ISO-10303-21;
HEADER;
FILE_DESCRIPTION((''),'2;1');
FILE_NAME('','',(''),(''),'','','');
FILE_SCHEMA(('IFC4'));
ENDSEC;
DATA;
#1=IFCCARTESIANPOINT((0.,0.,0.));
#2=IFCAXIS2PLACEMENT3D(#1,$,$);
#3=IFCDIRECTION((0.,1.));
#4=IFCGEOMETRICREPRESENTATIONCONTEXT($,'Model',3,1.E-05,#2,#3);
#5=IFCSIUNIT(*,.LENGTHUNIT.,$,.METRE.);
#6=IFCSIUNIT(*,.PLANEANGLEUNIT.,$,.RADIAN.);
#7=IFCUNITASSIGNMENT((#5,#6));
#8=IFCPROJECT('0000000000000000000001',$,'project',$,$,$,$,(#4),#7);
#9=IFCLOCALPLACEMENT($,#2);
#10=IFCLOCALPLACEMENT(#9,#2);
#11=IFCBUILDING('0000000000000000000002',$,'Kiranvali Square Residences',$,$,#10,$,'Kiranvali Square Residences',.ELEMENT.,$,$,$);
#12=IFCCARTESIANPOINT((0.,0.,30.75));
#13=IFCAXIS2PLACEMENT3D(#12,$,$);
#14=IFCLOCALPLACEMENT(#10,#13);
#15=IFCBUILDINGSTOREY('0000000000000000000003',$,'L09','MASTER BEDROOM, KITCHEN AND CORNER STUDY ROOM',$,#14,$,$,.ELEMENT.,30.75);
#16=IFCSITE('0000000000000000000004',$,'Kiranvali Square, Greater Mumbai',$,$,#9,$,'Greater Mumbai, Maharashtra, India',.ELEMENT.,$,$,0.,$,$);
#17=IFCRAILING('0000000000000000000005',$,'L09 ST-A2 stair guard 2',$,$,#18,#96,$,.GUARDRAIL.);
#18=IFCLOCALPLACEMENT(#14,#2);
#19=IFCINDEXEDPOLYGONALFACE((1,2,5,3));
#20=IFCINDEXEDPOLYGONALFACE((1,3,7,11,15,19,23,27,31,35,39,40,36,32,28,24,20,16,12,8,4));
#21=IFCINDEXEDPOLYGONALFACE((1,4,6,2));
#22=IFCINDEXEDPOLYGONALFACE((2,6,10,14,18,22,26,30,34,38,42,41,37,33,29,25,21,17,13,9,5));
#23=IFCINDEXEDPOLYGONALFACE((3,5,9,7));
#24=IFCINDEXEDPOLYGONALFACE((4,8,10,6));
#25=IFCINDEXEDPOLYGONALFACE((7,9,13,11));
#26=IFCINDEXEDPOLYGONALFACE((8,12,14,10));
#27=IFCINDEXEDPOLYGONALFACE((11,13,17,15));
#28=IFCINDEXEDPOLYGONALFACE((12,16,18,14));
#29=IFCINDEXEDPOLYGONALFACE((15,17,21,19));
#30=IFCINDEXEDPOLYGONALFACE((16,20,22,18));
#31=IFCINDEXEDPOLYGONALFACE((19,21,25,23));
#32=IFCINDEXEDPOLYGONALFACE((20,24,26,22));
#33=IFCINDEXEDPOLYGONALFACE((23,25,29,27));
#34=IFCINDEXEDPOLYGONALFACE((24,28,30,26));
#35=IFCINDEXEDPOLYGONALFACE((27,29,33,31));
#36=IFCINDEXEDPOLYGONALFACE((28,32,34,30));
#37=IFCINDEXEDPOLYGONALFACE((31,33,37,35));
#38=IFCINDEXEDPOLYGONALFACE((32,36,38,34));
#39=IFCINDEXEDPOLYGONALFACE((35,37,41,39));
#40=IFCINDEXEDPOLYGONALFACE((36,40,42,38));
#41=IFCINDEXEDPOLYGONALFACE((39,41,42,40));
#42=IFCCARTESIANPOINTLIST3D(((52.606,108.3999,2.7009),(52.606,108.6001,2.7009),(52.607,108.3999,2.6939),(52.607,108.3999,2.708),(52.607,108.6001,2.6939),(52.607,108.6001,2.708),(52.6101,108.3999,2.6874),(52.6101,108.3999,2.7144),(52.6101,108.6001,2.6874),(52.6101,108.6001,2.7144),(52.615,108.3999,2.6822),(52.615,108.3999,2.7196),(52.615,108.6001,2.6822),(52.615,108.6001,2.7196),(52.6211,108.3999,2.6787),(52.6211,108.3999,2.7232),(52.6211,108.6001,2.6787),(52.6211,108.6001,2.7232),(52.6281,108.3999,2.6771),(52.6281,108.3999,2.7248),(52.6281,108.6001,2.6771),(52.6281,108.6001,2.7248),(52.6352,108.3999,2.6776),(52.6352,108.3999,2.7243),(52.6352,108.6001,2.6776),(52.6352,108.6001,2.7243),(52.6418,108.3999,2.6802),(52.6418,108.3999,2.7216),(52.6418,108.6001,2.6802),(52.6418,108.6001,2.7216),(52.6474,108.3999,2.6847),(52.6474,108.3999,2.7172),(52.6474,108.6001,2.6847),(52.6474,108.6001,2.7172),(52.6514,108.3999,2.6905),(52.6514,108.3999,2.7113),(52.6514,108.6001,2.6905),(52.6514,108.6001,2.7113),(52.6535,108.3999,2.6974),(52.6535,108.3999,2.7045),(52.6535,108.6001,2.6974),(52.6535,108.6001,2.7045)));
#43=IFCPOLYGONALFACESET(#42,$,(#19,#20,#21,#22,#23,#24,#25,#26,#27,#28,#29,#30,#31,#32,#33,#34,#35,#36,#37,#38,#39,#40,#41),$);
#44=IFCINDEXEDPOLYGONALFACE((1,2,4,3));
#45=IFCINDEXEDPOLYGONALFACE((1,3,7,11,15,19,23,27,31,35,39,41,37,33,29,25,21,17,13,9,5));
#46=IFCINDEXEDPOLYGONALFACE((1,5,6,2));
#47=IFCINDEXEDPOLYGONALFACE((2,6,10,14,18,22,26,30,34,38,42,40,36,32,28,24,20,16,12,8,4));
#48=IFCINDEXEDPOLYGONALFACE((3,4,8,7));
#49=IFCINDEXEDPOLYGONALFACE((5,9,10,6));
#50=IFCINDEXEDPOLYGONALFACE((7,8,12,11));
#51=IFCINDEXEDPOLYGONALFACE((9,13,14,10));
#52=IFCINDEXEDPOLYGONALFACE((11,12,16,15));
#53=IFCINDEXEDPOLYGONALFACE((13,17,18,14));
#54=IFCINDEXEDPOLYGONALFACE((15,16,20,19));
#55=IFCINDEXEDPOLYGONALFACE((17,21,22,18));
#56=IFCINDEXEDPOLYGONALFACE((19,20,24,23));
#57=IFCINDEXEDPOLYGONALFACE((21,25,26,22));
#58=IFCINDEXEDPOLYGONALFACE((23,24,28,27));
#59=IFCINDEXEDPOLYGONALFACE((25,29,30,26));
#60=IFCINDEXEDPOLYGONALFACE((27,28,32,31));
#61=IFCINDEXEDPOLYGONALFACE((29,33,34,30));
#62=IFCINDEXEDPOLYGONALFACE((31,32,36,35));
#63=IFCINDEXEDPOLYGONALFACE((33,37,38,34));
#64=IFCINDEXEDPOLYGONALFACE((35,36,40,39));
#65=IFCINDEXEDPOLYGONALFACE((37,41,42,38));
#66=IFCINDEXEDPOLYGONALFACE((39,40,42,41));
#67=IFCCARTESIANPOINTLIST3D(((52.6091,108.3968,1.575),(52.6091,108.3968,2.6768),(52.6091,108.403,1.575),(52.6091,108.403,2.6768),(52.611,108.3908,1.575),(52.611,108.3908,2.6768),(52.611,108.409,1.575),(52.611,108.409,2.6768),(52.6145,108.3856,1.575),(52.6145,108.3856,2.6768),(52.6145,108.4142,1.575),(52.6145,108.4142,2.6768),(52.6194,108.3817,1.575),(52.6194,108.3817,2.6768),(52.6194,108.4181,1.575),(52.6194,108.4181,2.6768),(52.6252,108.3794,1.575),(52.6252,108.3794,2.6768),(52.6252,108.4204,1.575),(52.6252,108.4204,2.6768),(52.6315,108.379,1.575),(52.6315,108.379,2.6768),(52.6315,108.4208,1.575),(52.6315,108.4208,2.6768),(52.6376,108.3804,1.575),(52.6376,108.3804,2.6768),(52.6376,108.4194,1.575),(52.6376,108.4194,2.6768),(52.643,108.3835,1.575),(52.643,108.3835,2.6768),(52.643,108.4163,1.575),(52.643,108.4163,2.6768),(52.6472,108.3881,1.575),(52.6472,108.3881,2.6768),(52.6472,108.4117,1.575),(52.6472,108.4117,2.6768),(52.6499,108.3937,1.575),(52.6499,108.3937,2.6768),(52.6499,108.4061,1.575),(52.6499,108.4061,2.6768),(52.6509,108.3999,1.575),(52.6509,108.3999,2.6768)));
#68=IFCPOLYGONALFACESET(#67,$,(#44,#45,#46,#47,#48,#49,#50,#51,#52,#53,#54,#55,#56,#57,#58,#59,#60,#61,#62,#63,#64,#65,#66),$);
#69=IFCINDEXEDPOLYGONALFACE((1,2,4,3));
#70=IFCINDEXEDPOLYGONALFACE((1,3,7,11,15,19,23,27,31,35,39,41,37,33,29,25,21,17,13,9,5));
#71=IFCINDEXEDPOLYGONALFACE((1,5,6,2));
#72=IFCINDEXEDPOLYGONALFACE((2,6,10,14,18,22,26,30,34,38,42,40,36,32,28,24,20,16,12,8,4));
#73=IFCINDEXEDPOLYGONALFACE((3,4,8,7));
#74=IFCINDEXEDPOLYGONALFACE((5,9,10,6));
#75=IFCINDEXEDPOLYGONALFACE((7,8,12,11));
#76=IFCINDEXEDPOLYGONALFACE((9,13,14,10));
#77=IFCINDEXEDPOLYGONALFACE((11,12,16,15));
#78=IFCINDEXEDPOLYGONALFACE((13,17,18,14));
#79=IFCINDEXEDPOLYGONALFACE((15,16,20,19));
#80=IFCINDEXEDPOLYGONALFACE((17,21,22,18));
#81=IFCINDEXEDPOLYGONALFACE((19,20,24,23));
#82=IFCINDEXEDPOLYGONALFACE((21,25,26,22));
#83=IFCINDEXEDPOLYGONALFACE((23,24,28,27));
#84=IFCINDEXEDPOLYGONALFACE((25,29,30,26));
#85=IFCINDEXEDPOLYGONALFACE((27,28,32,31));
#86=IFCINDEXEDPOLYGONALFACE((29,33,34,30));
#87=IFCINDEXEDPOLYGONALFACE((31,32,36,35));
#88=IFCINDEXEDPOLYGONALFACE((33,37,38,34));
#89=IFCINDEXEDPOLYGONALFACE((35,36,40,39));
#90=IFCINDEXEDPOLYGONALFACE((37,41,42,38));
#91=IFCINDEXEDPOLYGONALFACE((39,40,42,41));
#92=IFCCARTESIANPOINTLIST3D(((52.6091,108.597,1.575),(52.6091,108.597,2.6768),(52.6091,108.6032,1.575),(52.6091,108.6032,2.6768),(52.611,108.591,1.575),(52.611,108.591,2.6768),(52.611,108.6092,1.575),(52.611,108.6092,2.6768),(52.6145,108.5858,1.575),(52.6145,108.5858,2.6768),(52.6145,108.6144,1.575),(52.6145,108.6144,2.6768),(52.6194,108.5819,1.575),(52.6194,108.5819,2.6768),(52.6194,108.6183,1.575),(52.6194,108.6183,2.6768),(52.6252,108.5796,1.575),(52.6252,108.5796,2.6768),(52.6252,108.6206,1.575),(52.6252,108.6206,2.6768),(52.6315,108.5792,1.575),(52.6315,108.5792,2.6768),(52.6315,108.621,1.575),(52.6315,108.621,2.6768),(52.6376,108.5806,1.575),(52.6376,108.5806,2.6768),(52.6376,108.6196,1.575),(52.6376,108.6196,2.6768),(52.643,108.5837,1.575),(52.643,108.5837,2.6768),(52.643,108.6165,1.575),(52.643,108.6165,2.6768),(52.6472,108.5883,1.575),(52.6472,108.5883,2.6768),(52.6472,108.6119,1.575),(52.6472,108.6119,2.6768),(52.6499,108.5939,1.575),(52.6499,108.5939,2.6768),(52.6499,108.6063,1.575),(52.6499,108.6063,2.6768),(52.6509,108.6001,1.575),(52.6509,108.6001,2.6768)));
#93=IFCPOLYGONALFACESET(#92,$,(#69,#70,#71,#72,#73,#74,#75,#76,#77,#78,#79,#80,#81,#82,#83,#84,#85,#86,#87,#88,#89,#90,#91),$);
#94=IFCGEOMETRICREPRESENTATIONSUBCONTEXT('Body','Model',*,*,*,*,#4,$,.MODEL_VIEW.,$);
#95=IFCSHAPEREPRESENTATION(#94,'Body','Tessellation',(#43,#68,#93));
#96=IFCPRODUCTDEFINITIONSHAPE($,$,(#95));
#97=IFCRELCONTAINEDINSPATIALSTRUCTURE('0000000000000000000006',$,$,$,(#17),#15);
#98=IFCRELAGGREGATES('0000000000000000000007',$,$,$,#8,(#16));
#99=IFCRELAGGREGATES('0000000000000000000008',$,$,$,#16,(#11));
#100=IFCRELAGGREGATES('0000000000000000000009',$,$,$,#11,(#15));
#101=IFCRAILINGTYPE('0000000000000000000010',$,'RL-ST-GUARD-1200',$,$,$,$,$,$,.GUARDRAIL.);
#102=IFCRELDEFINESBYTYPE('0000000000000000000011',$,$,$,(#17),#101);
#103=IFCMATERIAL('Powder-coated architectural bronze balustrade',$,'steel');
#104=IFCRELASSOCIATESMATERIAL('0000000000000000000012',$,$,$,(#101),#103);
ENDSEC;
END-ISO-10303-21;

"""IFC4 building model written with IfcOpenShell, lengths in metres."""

from ifc_helpers import new_model, si_unit, direction, frame, origin, origin_2d, place, context, subcontext, project, spatial, circle, extrude, material, type_object, element, save


model = new_model("IFC4")

# Units and contexts
model_context = context("Model", 3, precision=1e-05, world=origin(), true_north=direction((0.0, 1.0)))
body_context = subcontext(model_context, "Body", "Model", "MODEL_VIEW")
ifc_project = project(units=[si_unit("LENGTHUNIT", "METRE"), si_unit("PLANEANGLEUNIT", "RADIAN")], contexts=[model_context])

# Site, building, storey
site_placement = place(None, origin())
site = spatial("IfcSite", under=ifc_project, at=site_placement, Name="Kiranvali Square, Greater Mumbai", LongName="Greater Mumbai, Maharashtra, India", CompositionType="ELEMENT", RefElevation=0.0)
building_placement = place(site_placement, origin())
building = spatial("IfcBuilding", under=site, at=building_placement, Name="Kiranvali Square Residences", LongName="Kiranvali Square Residences", CompositionType="ELEMENT")
storey_placement = place(building_placement, frame((0.0, 0.0, 30.75)))
storey = spatial("IfcBuildingStorey", under=building, at=storey_placement, Name="L09", Description="MASTER BEDROOM, KITCHEN AND CORNER STUDY ROOM", CompositionType="ELEMENT", Elevation=30.75)

# Railing
ifc_material_1 = material(Name="Powder-coated architectural bronze balustrade", Category="steel")
railing_type_1 = type_object("IfcRailingType", Name="RL-ST-GUARD-1200", PredefinedType="GUARDRAIL", material=ifc_material_1)
railing_1_placement = place(storey_placement, frame((52.6299, 108.3999, 1.575)))
element("IfcRailing", 1, at=railing_1_placement, inside=storey, type_object=railing_type_1, Name="L09 ST-A2 stair guard 2", PredefinedType="GUARDRAIL", context=body_context, shape_type="SweptSolid", body=[
    extrude(circle(Radius=0.0239, at=origin_2d()), frame((0.0, 0.0, 1.126), z_axis=(0.0, 1.0, 0.0), x_axis=(-1.0, 0.0, 0.0)), (0.0, 0.0, 1.0), 0.2002),
    extrude(circle(Radius=0.021, at=origin_2d()), origin(), (0.0, 0.0, 1.0), 1.1018),
    extrude(circle(Radius=0.021, at=origin_2d()), frame((0.0, 0.2002, 0.0)), (0.0, 0.0, 1.0), 1.1018),
])

save(model, "model.ifc")
